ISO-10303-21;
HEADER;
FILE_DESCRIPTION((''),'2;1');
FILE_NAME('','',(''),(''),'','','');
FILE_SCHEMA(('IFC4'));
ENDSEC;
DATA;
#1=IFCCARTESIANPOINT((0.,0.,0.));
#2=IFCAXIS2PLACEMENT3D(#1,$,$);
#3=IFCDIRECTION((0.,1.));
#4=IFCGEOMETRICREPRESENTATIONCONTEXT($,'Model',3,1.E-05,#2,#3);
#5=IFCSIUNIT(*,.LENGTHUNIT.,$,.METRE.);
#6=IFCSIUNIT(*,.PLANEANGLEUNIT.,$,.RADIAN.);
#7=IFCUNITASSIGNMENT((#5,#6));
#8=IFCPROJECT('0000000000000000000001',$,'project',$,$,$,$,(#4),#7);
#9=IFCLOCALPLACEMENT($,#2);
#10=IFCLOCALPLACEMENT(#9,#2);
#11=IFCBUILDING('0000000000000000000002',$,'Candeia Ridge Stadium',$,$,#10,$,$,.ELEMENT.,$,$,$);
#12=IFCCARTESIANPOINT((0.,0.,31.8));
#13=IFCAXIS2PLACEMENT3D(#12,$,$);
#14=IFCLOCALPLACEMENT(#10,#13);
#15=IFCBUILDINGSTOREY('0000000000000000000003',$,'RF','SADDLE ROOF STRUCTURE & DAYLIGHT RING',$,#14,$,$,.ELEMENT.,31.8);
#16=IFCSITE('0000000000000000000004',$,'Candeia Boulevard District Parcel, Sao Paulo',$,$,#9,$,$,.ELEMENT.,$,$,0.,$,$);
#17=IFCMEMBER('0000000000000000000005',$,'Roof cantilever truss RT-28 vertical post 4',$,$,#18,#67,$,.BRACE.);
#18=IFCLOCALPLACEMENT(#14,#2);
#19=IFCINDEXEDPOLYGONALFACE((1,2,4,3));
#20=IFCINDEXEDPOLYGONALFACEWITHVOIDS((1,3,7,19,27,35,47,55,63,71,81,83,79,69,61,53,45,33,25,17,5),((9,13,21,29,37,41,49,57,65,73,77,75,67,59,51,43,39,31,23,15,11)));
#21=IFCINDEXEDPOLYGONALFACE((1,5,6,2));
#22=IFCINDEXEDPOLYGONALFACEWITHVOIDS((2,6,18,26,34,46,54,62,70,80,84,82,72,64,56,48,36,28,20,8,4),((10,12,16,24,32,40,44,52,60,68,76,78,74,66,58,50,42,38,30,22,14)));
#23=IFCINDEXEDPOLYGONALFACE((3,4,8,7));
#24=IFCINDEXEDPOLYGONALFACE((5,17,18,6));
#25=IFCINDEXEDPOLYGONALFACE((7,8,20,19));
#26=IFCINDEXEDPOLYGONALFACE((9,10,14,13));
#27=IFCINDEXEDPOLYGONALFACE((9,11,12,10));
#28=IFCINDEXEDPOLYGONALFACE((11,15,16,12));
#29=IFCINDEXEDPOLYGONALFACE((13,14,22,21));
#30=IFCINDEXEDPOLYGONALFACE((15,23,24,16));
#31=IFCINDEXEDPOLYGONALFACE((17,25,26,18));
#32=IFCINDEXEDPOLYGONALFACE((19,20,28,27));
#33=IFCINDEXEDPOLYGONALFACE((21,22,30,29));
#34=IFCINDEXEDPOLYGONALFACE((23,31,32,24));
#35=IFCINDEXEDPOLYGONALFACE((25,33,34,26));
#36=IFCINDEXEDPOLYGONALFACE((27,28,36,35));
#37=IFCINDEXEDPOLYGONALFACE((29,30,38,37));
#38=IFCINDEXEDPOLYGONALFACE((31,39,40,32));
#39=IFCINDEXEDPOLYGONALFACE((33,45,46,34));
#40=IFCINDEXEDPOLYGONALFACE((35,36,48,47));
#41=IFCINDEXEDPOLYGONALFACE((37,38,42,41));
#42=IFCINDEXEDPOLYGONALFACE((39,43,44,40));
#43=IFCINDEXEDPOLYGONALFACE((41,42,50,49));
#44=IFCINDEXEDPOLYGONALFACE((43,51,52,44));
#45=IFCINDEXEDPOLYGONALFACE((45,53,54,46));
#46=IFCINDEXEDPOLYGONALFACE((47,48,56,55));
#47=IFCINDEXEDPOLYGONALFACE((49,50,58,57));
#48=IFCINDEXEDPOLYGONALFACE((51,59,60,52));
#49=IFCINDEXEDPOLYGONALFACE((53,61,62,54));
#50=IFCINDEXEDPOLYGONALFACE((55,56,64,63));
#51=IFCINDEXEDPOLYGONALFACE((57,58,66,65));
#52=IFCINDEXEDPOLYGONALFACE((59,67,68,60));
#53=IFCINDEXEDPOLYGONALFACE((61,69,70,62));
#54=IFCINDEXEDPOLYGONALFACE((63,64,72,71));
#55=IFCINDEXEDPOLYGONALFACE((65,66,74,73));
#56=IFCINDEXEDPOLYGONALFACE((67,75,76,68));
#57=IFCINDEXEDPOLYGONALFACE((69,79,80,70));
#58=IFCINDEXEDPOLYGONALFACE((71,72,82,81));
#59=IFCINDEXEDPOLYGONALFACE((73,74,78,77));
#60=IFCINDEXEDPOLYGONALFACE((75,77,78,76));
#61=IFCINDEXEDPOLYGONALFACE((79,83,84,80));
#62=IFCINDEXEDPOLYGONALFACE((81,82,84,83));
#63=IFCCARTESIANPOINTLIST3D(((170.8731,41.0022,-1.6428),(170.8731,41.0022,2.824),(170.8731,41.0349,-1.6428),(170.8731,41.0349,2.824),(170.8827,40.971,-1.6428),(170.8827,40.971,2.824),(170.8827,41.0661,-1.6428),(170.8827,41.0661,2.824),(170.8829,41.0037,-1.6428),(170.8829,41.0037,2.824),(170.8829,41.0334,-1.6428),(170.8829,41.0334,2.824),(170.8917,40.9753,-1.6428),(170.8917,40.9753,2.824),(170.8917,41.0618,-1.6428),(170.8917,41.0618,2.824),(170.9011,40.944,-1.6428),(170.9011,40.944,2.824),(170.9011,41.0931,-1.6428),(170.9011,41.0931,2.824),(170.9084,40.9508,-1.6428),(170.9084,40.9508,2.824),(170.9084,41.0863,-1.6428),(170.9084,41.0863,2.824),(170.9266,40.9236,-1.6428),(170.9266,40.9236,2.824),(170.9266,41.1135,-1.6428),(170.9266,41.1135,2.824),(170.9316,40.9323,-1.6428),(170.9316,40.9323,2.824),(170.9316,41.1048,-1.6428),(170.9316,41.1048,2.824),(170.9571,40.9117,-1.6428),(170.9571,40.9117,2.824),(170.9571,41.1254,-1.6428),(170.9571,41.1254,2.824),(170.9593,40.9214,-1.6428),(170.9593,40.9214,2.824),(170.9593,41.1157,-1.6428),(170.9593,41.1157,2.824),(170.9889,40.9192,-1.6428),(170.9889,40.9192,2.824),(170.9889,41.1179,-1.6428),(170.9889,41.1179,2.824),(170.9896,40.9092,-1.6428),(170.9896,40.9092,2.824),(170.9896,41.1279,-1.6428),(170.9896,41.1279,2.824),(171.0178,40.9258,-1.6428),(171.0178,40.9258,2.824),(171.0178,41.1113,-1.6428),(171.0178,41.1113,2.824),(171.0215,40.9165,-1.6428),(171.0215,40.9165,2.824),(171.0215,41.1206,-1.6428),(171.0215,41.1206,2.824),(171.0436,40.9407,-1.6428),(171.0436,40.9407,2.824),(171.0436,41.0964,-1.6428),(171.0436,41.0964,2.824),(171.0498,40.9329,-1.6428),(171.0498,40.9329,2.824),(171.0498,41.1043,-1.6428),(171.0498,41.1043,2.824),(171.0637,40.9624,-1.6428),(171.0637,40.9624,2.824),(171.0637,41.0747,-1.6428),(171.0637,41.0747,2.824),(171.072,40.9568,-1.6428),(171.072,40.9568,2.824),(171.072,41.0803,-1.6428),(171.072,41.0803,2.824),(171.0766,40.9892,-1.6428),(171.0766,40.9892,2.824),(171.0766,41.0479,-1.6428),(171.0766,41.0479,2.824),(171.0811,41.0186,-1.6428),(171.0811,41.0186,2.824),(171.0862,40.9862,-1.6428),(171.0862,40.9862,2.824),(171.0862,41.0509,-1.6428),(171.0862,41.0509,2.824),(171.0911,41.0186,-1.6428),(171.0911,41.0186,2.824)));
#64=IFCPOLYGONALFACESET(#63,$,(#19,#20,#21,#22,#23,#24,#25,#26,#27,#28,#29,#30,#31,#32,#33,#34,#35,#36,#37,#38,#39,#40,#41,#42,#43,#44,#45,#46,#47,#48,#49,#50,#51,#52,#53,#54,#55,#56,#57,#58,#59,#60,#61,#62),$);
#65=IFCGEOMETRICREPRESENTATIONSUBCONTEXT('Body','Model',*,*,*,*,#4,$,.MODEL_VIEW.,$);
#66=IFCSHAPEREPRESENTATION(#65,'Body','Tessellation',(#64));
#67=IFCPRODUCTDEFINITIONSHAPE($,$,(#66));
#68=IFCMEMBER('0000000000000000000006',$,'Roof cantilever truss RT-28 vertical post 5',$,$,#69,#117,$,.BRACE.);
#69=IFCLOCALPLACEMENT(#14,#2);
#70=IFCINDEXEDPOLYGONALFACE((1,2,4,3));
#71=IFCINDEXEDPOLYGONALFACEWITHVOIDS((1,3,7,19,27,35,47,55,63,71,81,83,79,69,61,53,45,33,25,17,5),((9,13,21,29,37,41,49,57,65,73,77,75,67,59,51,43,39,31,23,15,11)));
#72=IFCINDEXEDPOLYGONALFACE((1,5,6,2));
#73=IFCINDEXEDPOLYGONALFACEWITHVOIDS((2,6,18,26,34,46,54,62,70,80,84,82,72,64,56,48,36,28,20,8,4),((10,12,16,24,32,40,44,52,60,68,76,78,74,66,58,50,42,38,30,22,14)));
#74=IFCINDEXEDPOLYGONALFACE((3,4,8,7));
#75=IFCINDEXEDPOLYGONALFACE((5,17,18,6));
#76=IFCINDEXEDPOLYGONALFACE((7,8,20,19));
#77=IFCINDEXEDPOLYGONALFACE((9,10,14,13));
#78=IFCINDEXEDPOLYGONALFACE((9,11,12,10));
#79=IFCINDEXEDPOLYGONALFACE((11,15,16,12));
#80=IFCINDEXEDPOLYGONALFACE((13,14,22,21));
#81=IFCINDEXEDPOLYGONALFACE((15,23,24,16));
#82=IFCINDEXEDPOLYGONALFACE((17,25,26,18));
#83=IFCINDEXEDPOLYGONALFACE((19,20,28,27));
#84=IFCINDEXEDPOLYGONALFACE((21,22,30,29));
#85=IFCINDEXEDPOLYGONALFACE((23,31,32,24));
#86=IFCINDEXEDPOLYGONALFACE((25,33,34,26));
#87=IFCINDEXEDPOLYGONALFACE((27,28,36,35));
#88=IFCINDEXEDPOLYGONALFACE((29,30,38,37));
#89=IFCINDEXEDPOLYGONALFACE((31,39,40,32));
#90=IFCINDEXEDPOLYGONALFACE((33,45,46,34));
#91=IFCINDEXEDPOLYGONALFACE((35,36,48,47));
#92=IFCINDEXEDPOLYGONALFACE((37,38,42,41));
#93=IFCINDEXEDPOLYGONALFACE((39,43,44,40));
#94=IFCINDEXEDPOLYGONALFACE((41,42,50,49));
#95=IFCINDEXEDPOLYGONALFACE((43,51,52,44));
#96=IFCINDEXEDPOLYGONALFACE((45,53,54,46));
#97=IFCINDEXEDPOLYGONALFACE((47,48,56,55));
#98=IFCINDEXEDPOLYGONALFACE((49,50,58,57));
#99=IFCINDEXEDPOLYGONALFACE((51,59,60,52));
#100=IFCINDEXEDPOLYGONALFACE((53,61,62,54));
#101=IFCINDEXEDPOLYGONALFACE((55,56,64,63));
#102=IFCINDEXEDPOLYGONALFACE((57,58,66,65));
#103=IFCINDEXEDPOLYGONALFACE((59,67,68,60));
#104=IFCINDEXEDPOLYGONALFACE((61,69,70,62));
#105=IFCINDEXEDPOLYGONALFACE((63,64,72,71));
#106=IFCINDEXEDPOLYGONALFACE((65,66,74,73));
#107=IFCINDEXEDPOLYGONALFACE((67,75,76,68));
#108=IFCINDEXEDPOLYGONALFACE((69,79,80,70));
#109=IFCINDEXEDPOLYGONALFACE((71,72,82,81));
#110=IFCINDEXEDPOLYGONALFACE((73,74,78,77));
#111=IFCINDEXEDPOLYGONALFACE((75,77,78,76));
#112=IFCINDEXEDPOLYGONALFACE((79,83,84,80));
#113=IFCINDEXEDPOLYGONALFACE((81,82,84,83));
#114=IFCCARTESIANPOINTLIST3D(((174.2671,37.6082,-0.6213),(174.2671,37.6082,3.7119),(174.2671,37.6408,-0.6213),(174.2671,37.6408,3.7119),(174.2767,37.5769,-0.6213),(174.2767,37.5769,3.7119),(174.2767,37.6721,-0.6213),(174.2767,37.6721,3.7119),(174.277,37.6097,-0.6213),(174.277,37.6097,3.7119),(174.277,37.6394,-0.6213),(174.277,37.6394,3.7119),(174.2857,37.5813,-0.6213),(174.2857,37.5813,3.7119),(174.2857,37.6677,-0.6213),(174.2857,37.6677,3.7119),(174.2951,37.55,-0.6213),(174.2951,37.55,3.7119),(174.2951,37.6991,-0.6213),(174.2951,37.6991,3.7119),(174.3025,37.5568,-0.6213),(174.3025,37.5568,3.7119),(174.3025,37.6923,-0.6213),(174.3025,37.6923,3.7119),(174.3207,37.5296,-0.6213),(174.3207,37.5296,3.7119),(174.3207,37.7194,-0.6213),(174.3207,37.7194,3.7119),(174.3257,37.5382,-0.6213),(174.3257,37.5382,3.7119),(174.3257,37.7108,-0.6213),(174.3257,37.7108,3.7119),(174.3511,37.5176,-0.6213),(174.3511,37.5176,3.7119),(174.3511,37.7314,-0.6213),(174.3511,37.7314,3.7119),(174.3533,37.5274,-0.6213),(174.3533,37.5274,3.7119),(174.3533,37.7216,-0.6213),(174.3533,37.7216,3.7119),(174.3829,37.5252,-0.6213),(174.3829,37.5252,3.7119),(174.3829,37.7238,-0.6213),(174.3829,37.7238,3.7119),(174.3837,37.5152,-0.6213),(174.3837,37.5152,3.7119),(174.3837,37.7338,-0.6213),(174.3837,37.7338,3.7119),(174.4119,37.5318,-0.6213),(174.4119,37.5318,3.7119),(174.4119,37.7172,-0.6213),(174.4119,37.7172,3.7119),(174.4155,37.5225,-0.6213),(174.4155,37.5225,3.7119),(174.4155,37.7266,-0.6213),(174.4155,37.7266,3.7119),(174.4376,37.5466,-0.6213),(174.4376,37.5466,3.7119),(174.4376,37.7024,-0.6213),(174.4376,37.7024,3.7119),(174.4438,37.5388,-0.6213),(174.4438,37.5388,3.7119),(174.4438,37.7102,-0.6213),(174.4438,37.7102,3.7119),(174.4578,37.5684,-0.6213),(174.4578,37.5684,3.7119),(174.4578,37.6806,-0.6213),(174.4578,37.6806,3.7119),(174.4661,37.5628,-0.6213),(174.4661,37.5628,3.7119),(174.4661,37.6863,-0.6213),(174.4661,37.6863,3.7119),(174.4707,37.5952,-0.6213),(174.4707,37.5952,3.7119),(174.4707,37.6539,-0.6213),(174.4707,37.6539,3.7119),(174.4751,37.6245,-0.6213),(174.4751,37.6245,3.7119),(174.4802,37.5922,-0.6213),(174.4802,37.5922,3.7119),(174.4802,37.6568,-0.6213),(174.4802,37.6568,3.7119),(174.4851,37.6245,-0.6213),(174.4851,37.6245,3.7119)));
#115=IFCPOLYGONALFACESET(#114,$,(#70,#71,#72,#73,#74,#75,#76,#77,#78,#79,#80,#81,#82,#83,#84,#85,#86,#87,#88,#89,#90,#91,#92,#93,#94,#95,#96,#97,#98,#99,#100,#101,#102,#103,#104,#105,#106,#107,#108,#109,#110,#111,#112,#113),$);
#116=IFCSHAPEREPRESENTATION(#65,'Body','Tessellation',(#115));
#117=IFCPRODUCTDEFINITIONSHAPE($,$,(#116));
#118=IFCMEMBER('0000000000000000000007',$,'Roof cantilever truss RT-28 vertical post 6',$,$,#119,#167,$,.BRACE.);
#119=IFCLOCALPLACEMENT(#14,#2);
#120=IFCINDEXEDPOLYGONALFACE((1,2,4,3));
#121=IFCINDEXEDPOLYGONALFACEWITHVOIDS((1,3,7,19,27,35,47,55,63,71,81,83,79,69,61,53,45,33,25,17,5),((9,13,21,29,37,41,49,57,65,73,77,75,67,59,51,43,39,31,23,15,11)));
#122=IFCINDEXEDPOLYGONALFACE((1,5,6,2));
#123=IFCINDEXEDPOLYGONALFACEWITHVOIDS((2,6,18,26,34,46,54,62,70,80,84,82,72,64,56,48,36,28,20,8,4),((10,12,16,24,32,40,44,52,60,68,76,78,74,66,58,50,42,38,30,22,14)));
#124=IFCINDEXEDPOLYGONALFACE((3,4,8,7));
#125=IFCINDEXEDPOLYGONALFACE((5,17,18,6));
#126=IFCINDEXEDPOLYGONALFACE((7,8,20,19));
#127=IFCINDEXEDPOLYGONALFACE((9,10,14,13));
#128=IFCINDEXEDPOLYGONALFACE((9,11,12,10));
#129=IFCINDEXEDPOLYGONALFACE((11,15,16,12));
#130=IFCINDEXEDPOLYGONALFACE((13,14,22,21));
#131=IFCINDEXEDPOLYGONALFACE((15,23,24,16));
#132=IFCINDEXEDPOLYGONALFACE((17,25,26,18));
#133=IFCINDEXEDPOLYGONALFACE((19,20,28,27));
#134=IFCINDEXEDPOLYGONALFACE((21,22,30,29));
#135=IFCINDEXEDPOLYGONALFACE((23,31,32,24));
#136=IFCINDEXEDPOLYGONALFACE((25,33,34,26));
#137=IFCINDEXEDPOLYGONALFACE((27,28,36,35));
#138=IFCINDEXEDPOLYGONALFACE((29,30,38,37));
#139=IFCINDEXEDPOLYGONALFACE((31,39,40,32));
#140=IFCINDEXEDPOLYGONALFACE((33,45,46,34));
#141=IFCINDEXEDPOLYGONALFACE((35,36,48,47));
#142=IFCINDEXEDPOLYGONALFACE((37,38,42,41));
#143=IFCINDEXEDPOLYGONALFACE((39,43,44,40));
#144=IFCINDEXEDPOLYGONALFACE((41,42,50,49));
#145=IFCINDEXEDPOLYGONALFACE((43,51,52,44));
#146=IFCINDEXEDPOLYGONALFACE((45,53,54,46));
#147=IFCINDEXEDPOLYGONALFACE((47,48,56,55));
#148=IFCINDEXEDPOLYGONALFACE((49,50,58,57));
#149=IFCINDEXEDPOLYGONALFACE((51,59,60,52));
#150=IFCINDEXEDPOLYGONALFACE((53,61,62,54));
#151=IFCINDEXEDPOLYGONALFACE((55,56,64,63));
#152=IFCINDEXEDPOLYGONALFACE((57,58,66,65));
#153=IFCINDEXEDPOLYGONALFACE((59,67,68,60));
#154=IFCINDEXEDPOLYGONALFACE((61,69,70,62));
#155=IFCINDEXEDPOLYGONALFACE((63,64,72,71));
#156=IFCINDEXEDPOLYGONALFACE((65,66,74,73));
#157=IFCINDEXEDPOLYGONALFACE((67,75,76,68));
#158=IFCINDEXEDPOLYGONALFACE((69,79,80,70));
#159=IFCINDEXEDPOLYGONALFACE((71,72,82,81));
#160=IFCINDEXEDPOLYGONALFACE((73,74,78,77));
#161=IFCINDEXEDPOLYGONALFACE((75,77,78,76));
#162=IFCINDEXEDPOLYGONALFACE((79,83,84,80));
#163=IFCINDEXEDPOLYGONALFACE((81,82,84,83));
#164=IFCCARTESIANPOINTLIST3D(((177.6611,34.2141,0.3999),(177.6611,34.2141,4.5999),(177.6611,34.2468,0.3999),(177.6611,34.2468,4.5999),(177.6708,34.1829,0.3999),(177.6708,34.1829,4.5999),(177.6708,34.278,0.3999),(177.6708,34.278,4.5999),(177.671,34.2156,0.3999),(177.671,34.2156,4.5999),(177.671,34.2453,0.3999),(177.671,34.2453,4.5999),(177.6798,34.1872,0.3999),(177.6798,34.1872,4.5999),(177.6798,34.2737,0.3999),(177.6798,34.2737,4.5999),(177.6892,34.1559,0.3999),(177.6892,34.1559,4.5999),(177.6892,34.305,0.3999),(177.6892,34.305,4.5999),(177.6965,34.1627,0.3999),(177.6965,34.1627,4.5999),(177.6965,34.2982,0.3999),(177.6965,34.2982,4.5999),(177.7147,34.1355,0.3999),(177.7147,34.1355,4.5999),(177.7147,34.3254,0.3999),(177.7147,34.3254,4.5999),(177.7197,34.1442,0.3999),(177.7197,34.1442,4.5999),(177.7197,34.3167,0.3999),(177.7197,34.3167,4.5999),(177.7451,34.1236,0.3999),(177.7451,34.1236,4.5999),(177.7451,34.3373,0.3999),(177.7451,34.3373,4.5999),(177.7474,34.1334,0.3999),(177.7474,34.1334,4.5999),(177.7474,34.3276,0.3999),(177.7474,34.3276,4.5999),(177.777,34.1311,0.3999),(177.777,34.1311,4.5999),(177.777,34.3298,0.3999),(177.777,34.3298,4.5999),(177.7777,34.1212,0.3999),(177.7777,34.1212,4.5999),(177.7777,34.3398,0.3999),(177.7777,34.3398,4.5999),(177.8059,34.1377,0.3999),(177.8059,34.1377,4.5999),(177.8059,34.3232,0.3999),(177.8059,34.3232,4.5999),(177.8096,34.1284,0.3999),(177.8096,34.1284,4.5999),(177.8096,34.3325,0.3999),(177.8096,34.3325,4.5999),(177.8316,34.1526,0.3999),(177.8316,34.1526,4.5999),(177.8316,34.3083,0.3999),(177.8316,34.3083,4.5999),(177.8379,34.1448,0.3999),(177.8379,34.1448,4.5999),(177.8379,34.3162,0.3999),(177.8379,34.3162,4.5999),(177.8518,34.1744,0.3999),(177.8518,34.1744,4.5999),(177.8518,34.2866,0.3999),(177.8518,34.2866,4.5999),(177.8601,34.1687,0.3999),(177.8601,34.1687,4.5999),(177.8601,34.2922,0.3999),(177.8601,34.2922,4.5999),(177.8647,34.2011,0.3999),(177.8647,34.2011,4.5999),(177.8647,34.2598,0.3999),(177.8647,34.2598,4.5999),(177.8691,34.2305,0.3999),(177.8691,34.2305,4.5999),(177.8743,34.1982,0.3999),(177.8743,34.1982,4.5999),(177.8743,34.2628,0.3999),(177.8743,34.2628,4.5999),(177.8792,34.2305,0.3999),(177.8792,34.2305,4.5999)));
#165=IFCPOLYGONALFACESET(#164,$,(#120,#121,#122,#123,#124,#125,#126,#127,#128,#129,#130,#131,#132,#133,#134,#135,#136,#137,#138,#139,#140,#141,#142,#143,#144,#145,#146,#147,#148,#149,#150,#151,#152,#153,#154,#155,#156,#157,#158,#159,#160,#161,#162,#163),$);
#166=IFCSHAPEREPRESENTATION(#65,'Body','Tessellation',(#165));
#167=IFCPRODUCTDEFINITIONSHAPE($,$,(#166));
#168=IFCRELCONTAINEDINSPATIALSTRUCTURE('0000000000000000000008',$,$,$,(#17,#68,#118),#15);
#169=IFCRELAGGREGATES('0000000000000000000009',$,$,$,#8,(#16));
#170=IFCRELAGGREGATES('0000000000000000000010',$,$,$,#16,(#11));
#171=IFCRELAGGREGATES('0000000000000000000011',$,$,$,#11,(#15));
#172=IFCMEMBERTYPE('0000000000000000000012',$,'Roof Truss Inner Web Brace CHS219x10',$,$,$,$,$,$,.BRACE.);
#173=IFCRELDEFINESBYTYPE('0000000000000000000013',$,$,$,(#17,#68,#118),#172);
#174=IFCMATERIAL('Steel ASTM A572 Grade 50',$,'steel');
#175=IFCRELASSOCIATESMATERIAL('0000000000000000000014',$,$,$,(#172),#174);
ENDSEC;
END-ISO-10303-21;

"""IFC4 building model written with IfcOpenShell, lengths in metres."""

from ifc_helpers import new_model, si_unit, direction, frame, origin, origin_2d, place, context, subcontext, project, spatial, hollow_circle, extrude, material, material_profile, profile_set, type_object, element, save


model = new_model("IFC4")

# Units and contexts
model_context = context("Model", 3, precision=1e-05, world=origin(), true_north=direction((0.0, 1.0)))
body_context = subcontext(model_context, "Body", "Model", "MODEL_VIEW")
ifc_project = project(units=[si_unit("LENGTHUNIT", "METRE"), si_unit("PLANEANGLEUNIT", "RADIAN")], contexts=[model_context])

# Site, building, storey
site_placement = place(None, origin())
site = spatial("IfcSite", under=ifc_project, at=site_placement, Name="Candeia Boulevard District Parcel, Sao Paulo", CompositionType="ELEMENT", RefElevation=0.0)
building_placement = place(site_placement, origin())
building = spatial("IfcBuilding", under=site, at=building_placement, Name="Candeia Ridge Stadium", CompositionType="ELEMENT")
storey_placement = place(building_placement, frame((0.0, 0.0, 31.8)))
storey = spatial("IfcBuildingStorey", under=building, at=storey_placement, Name="RF", Description="SADDLE ROOF STRUCTURE & DAYLIGHT RING", CompositionType="ELEMENT", Elevation=31.8)

# Shared definitions
ifc_material_1 = material(Name="Steel ASTM A572 Grade 50", Category="steel")

# Members
ifc_material_profile_1 = material_profile(ifc_material_1, hollow_circle(Radius=0.1096, WallThickness=0.01, at=origin_2d()), Name="CHS219x10", Category="steel")
ifc_profile_set_1 = profile_set([ifc_material_profile_1], Name="Steel ASTM A572 Grade 50")
member_type_1 = type_object("IfcMemberType", Name="Roof Truss Inner Web Brace CHS219x10", PredefinedType="BRACE", material=ifc_profile_set_1)
member_1_placement = place(storey_placement, frame((170.9814, 41.0186, -1.6428), z_axis=(0.0, 0.0, 1.0), x_axis=(1.0, 0.0, 0.0)))
element("IfcMember", 1, at=member_1_placement, inside=storey, type_object=member_type_1, Name="Roof cantilever truss RT-28 vertical post 4", PredefinedType="BRACE", context=body_context, shape_type="SweptSolid", body=[
    extrude(hollow_circle(Radius=0.1096, WallThickness=0.01, at=origin_2d()), origin(), (0.0, 0.0, 1.0), 4.4668),
])
member_2_placement = place(storey_placement, frame((174.3755, 37.6245, -0.6213), z_axis=(0.0, 0.0, 1.0), x_axis=(1.0, 0.0, 0.0)))
element("IfcMember", 2, at=member_2_placement, inside=storey, type_object=member_type_1, Name="Roof cantilever truss RT-28 vertical post 5", PredefinedType="BRACE", context=body_context, shape_type="SweptSolid", body=[
    extrude(hollow_circle(Radius=0.1096, WallThickness=0.01, at=origin_2d()), origin(), (0.0, 0.0, 1.0), 4.3333),
])
member_3_placement = place(storey_placement, frame((177.7695, 34.2305, 0.3999), z_axis=(0.0, 0.0, 1.0), x_axis=(1.0, 0.0, 0.0)))
element("IfcMember", 3, at=member_3_placement, inside=storey, type_object=member_type_1, Name="Roof cantilever truss RT-28 vertical post 6", PredefinedType="BRACE", context=body_context, shape_type="SweptSolid", body=[
    extrude(hollow_circle(Radius=0.1096, WallThickness=0.01, at=origin_2d()), origin(), (0.0, 0.0, 1.0), 4.2),
])

save(model, "model.ifc")
